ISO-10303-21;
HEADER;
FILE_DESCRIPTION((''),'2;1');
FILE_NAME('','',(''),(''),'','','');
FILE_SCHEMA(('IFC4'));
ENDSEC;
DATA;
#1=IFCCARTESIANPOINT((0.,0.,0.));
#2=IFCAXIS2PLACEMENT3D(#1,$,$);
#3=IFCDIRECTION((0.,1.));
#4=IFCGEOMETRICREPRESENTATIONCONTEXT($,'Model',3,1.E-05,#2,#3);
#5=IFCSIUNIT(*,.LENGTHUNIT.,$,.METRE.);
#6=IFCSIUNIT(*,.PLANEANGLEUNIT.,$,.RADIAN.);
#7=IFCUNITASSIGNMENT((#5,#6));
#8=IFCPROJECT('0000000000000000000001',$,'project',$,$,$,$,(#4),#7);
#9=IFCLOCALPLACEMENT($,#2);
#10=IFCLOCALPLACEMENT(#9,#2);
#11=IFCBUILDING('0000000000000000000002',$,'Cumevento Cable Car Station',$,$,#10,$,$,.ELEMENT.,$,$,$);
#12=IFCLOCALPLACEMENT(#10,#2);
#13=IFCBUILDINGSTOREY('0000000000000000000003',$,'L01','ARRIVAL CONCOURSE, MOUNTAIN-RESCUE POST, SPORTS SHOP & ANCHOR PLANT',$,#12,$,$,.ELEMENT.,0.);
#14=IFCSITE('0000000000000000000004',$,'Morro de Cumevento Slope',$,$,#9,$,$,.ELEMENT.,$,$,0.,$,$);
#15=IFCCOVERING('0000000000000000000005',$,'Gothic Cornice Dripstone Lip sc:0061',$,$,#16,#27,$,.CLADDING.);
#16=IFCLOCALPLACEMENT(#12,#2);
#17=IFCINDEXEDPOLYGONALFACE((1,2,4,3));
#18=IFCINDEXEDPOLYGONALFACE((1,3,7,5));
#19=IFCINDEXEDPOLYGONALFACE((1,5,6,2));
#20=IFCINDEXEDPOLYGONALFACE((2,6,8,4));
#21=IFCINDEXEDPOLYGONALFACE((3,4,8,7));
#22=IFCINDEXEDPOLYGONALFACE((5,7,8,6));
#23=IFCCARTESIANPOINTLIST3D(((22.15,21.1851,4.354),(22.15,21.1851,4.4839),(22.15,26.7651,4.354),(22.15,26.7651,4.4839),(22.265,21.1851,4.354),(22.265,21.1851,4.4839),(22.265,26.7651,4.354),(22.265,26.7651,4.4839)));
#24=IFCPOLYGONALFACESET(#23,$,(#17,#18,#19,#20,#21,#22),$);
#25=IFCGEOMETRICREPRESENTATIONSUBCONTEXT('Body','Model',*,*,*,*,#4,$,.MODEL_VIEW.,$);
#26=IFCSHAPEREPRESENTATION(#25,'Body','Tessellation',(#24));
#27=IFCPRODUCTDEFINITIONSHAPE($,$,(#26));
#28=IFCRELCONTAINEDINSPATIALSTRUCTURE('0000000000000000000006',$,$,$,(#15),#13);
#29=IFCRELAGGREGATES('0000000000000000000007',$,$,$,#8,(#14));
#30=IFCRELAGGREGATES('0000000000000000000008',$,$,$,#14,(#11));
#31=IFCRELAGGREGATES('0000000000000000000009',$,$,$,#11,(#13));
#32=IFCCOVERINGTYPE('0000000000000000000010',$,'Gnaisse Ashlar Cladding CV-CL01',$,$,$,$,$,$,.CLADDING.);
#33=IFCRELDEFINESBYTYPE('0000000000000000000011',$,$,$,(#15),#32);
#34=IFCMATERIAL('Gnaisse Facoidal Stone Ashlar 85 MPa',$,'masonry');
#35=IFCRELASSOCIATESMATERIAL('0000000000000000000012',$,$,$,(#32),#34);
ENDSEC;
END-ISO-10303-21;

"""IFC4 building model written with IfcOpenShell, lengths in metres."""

from ifc_helpers import new_model, si_unit, direction, frame, origin, origin_2d, place, context, subcontext, project, spatial, rectangle, extrude, material, type_object, element, save


model = new_model("IFC4")

# Units and contexts
model_context = context("Model", 3, precision=1e-05, world=origin(), true_north=direction((0.0, 1.0)))
body_context = subcontext(model_context, "Body", "Model", "MODEL_VIEW")
ifc_project = project(units=[si_unit("LENGTHUNIT", "METRE"), si_unit("PLANEANGLEUNIT", "RADIAN")], contexts=[model_context])

# Site, building, storey
site_placement = place(None, origin())
site = spatial("IfcSite", under=ifc_project, at=site_placement, Name="Morro de Cumevento Slope", CompositionType="ELEMENT", RefElevation=0.0)
building_placement = place(site_placement, origin())
building = spatial("IfcBuilding", under=site, at=building_placement, Name="Cumevento Cable Car Station", CompositionType="ELEMENT")
storey_placement = place(building_placement, origin())
storey = spatial("IfcBuildingStorey", under=building, at=storey_placement, Name="L01", Description="ARRIVAL CONCOURSE, MOUNTAIN-RESCUE POST, SPORTS SHOP & ANCHOR PLANT", CompositionType="ELEMENT", Elevation=0.0)

# Covering
ifc_material_1 = material(Name="Gnaisse Facoidal Stone Ashlar 85 MPa", Category="masonry")
covering_type = type_object("IfcCoveringType", Name="Gnaisse Ashlar Cladding CV-CL01", PredefinedType="CLADDING", material=ifc_material_1)
covering_1_placement = place(storey_placement, frame((22.2075, 23.9751, 4.354), z_axis=(0.0, 0.0, 1.0), x_axis=(0.0, -1.0, 0.0)))
element("IfcCovering", 1, at=covering_1_placement, inside=storey, type_object=covering_type, Name="Gothic Cornice Dripstone Lip sc:0061", PredefinedType="CLADDING", context=body_context, shape_type="SweptSolid", body=[
    extrude(rectangle(XDim=5.5801, YDim=0.115, at=origin_2d()), origin(), (0.0, 0.0, 1.0), 0.1299),
])

save(model, "model.ifc")
